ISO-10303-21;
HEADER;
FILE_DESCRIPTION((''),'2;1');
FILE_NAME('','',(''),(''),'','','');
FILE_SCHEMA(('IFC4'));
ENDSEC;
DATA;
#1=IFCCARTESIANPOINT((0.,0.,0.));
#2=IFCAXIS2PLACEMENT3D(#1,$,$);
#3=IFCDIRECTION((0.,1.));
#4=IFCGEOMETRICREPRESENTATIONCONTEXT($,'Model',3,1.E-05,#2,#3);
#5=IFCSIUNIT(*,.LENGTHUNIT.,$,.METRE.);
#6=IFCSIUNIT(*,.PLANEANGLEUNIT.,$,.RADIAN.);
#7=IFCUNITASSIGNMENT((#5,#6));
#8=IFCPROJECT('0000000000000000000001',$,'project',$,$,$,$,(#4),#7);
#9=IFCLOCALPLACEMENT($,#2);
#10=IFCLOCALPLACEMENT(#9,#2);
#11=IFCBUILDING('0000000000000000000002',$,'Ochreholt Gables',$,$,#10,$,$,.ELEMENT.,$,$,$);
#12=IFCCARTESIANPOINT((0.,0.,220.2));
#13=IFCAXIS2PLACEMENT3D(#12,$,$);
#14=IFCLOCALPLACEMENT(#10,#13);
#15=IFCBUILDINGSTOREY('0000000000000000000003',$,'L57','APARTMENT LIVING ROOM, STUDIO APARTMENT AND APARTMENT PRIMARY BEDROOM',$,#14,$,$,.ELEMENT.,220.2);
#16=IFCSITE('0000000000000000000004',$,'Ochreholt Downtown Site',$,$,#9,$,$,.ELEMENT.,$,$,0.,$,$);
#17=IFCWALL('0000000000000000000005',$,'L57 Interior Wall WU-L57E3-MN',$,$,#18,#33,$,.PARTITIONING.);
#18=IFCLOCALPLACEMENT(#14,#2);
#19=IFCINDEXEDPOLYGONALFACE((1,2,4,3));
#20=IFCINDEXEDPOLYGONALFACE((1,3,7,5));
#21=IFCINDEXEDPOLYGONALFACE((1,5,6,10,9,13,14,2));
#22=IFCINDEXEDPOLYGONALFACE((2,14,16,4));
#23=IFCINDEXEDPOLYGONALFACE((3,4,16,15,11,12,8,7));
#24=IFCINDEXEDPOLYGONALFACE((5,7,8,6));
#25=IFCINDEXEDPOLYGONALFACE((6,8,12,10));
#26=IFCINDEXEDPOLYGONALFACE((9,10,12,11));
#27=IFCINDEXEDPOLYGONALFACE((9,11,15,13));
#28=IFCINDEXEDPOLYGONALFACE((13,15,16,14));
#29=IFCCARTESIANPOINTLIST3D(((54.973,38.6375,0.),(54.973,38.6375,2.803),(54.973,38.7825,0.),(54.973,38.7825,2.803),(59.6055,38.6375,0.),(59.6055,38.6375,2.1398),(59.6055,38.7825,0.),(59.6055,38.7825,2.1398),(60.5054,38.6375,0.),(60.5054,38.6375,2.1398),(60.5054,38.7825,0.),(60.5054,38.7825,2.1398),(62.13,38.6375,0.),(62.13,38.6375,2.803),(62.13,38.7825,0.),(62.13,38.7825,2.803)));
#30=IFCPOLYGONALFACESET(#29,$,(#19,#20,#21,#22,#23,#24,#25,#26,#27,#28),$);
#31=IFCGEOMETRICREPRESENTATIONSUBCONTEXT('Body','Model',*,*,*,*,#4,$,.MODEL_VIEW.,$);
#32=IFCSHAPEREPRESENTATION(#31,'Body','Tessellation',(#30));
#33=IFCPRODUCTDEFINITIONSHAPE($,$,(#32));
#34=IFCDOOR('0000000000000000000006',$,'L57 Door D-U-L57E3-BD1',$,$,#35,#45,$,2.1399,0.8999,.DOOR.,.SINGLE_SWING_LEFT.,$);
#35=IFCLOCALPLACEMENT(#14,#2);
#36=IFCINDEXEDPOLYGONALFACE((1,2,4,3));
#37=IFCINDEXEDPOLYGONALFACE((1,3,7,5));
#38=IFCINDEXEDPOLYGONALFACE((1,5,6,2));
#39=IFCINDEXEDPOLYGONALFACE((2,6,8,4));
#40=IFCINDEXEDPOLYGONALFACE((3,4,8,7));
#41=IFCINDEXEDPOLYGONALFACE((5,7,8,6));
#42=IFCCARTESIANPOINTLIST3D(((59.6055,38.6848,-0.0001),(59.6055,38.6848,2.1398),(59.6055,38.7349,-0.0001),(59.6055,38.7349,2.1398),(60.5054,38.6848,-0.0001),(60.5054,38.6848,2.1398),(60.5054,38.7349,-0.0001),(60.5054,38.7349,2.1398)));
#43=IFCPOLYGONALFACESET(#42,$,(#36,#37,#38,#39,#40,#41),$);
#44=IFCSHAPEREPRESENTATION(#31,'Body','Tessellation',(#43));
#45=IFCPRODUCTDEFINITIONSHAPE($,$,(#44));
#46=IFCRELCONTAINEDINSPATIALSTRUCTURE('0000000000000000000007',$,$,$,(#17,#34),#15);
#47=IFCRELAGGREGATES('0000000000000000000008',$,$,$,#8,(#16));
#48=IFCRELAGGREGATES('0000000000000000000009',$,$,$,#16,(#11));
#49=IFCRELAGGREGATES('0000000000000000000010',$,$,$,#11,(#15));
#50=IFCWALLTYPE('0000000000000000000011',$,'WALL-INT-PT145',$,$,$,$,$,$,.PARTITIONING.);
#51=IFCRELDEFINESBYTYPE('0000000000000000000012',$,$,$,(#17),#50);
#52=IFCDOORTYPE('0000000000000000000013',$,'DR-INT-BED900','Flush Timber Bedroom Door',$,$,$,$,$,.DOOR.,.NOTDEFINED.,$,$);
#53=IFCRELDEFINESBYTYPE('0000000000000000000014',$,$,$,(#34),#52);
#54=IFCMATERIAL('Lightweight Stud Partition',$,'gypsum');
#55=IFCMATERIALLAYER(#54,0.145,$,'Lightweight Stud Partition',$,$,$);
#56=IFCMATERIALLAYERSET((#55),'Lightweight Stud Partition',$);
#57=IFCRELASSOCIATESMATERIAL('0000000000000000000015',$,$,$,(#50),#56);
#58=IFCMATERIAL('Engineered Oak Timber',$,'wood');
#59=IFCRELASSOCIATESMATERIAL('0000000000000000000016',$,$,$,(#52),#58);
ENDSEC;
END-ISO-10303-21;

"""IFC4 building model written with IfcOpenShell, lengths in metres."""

from ifc_helpers import new_model, si_unit, direction, frame, frame_2d, origin, place, context, subcontext, project, spatial, rectangle, extrude, material, layer, layer_set, type_object, element, fill, save


model = new_model("IFC4")

# Units and contexts
model_context = context("Model", 3, precision=1e-05, world=origin(), true_north=direction((0.0, 1.0)))
body_context = subcontext(model_context, "Body", "Model", "MODEL_VIEW")
ifc_project = project(units=[si_unit("LENGTHUNIT", "METRE"), si_unit("PLANEANGLEUNIT", "RADIAN")], contexts=[model_context])

# Site, building, storey
site_placement = place(None, origin())
site = spatial("IfcSite", under=ifc_project, at=site_placement, Name="Ochreholt Downtown Site", CompositionType="ELEMENT", RefElevation=0.0)
building_placement = place(site_placement, origin())
building = spatial("IfcBuilding", under=site, at=building_placement, Name="Ochreholt Gables", CompositionType="ELEMENT")
storey_placement = place(building_placement, frame((0.0, 0.0, 220.2)))
storey = spatial("IfcBuildingStorey", under=building, at=storey_placement, Name="L57", Description="APARTMENT LIVING ROOM, STUDIO APARTMENT AND APARTMENT PRIMARY BEDROOM", CompositionType="ELEMENT", Elevation=220.2)

# Wall, opening, door
ifc_material_1 = material(Name="Lightweight Stud Partition", Category="gypsum")
ifc_layer_1 = layer(ifc_material_1, 0.145, Name="Lightweight Stud Partition")
ifc_layer_set_1 = layer_set([ifc_layer_1], Name="Lightweight Stud Partition")
wall_type_1 = type_object("IfcWallType", Name="WALL-INT-PT145", PredefinedType="PARTITIONING", material=ifc_layer_set_1)
wall_1_placement = place(storey_placement, frame((54.9729, 38.71, 0.0), z_axis=(0.0, 0.0, 1.0), x_axis=(1.0, 0.0, 0.0)))
wall_1 = element("IfcWall", 1, at=wall_1_placement, inside=storey, type_object=wall_type_1, Name="L57 Interior Wall WU-L57E3-MN", PredefinedType="PARTITIONING", context=body_context, shape_type="SweptSolid", body=[
    extrude(rectangle(XDim=7.157, YDim=0.145, at=frame_2d((3.5786, 0.0))), origin(), (0.0, 0.0, 1.0), 2.803),
])
opening_1_placement = place(wall_1_placement, frame((4.6326, 0.0, 0.0)))
opening_1 = element("IfcOpeningElement", 2, at=opening_1_placement, cuts=wall_1, PredefinedType="OPENING", context=body_context, shape_type="SweptSolid", body=[
    extrude(rectangle(XDim=0.8999, YDim=2.1399, at=frame_2d((0.45, 1.0698))), frame((0.0, 0.0825, 0.0), z_axis=(0.0, -1.0, 0.0), x_axis=(1.0, 0.0, 0.0)), (0.0, 0.0, 1.0), 0.165),
])
ifc_material_2 = material(Name="Engineered Oak Timber", Category="wood")
door_type = type_object("IfcDoorType", Name="DR-INT-BED900", Description="Flush Timber Bedroom Door", OperationType="NOTDEFINED", PredefinedType="DOOR", material=ifc_material_2)
door_placement = place(opening_1_placement, origin())
door = element("IfcDoor", 3, at=door_placement, inside=storey, type_object=door_type, Name="L57 Door D-U-L57E3-BD1", OperationType="SINGLE_SWING_LEFT", OverallHeight=2.1399, OverallWidth=0.8999, PredefinedType="DOOR", context=body_context, shape_type="SweptSolid", body=[
    extrude(rectangle(XDim=0.8999, YDim=2.1399, at=frame_2d((0.45, 1.0698))), frame((0.0, 0.0249, 0.0), z_axis=(0.0, -1.0, 0.0), x_axis=(1.0, 0.0, 0.0)), (0.0, 0.0, 1.0), 0.05),
])
fill(opening_1, door)

save(model, "model.ifc")
